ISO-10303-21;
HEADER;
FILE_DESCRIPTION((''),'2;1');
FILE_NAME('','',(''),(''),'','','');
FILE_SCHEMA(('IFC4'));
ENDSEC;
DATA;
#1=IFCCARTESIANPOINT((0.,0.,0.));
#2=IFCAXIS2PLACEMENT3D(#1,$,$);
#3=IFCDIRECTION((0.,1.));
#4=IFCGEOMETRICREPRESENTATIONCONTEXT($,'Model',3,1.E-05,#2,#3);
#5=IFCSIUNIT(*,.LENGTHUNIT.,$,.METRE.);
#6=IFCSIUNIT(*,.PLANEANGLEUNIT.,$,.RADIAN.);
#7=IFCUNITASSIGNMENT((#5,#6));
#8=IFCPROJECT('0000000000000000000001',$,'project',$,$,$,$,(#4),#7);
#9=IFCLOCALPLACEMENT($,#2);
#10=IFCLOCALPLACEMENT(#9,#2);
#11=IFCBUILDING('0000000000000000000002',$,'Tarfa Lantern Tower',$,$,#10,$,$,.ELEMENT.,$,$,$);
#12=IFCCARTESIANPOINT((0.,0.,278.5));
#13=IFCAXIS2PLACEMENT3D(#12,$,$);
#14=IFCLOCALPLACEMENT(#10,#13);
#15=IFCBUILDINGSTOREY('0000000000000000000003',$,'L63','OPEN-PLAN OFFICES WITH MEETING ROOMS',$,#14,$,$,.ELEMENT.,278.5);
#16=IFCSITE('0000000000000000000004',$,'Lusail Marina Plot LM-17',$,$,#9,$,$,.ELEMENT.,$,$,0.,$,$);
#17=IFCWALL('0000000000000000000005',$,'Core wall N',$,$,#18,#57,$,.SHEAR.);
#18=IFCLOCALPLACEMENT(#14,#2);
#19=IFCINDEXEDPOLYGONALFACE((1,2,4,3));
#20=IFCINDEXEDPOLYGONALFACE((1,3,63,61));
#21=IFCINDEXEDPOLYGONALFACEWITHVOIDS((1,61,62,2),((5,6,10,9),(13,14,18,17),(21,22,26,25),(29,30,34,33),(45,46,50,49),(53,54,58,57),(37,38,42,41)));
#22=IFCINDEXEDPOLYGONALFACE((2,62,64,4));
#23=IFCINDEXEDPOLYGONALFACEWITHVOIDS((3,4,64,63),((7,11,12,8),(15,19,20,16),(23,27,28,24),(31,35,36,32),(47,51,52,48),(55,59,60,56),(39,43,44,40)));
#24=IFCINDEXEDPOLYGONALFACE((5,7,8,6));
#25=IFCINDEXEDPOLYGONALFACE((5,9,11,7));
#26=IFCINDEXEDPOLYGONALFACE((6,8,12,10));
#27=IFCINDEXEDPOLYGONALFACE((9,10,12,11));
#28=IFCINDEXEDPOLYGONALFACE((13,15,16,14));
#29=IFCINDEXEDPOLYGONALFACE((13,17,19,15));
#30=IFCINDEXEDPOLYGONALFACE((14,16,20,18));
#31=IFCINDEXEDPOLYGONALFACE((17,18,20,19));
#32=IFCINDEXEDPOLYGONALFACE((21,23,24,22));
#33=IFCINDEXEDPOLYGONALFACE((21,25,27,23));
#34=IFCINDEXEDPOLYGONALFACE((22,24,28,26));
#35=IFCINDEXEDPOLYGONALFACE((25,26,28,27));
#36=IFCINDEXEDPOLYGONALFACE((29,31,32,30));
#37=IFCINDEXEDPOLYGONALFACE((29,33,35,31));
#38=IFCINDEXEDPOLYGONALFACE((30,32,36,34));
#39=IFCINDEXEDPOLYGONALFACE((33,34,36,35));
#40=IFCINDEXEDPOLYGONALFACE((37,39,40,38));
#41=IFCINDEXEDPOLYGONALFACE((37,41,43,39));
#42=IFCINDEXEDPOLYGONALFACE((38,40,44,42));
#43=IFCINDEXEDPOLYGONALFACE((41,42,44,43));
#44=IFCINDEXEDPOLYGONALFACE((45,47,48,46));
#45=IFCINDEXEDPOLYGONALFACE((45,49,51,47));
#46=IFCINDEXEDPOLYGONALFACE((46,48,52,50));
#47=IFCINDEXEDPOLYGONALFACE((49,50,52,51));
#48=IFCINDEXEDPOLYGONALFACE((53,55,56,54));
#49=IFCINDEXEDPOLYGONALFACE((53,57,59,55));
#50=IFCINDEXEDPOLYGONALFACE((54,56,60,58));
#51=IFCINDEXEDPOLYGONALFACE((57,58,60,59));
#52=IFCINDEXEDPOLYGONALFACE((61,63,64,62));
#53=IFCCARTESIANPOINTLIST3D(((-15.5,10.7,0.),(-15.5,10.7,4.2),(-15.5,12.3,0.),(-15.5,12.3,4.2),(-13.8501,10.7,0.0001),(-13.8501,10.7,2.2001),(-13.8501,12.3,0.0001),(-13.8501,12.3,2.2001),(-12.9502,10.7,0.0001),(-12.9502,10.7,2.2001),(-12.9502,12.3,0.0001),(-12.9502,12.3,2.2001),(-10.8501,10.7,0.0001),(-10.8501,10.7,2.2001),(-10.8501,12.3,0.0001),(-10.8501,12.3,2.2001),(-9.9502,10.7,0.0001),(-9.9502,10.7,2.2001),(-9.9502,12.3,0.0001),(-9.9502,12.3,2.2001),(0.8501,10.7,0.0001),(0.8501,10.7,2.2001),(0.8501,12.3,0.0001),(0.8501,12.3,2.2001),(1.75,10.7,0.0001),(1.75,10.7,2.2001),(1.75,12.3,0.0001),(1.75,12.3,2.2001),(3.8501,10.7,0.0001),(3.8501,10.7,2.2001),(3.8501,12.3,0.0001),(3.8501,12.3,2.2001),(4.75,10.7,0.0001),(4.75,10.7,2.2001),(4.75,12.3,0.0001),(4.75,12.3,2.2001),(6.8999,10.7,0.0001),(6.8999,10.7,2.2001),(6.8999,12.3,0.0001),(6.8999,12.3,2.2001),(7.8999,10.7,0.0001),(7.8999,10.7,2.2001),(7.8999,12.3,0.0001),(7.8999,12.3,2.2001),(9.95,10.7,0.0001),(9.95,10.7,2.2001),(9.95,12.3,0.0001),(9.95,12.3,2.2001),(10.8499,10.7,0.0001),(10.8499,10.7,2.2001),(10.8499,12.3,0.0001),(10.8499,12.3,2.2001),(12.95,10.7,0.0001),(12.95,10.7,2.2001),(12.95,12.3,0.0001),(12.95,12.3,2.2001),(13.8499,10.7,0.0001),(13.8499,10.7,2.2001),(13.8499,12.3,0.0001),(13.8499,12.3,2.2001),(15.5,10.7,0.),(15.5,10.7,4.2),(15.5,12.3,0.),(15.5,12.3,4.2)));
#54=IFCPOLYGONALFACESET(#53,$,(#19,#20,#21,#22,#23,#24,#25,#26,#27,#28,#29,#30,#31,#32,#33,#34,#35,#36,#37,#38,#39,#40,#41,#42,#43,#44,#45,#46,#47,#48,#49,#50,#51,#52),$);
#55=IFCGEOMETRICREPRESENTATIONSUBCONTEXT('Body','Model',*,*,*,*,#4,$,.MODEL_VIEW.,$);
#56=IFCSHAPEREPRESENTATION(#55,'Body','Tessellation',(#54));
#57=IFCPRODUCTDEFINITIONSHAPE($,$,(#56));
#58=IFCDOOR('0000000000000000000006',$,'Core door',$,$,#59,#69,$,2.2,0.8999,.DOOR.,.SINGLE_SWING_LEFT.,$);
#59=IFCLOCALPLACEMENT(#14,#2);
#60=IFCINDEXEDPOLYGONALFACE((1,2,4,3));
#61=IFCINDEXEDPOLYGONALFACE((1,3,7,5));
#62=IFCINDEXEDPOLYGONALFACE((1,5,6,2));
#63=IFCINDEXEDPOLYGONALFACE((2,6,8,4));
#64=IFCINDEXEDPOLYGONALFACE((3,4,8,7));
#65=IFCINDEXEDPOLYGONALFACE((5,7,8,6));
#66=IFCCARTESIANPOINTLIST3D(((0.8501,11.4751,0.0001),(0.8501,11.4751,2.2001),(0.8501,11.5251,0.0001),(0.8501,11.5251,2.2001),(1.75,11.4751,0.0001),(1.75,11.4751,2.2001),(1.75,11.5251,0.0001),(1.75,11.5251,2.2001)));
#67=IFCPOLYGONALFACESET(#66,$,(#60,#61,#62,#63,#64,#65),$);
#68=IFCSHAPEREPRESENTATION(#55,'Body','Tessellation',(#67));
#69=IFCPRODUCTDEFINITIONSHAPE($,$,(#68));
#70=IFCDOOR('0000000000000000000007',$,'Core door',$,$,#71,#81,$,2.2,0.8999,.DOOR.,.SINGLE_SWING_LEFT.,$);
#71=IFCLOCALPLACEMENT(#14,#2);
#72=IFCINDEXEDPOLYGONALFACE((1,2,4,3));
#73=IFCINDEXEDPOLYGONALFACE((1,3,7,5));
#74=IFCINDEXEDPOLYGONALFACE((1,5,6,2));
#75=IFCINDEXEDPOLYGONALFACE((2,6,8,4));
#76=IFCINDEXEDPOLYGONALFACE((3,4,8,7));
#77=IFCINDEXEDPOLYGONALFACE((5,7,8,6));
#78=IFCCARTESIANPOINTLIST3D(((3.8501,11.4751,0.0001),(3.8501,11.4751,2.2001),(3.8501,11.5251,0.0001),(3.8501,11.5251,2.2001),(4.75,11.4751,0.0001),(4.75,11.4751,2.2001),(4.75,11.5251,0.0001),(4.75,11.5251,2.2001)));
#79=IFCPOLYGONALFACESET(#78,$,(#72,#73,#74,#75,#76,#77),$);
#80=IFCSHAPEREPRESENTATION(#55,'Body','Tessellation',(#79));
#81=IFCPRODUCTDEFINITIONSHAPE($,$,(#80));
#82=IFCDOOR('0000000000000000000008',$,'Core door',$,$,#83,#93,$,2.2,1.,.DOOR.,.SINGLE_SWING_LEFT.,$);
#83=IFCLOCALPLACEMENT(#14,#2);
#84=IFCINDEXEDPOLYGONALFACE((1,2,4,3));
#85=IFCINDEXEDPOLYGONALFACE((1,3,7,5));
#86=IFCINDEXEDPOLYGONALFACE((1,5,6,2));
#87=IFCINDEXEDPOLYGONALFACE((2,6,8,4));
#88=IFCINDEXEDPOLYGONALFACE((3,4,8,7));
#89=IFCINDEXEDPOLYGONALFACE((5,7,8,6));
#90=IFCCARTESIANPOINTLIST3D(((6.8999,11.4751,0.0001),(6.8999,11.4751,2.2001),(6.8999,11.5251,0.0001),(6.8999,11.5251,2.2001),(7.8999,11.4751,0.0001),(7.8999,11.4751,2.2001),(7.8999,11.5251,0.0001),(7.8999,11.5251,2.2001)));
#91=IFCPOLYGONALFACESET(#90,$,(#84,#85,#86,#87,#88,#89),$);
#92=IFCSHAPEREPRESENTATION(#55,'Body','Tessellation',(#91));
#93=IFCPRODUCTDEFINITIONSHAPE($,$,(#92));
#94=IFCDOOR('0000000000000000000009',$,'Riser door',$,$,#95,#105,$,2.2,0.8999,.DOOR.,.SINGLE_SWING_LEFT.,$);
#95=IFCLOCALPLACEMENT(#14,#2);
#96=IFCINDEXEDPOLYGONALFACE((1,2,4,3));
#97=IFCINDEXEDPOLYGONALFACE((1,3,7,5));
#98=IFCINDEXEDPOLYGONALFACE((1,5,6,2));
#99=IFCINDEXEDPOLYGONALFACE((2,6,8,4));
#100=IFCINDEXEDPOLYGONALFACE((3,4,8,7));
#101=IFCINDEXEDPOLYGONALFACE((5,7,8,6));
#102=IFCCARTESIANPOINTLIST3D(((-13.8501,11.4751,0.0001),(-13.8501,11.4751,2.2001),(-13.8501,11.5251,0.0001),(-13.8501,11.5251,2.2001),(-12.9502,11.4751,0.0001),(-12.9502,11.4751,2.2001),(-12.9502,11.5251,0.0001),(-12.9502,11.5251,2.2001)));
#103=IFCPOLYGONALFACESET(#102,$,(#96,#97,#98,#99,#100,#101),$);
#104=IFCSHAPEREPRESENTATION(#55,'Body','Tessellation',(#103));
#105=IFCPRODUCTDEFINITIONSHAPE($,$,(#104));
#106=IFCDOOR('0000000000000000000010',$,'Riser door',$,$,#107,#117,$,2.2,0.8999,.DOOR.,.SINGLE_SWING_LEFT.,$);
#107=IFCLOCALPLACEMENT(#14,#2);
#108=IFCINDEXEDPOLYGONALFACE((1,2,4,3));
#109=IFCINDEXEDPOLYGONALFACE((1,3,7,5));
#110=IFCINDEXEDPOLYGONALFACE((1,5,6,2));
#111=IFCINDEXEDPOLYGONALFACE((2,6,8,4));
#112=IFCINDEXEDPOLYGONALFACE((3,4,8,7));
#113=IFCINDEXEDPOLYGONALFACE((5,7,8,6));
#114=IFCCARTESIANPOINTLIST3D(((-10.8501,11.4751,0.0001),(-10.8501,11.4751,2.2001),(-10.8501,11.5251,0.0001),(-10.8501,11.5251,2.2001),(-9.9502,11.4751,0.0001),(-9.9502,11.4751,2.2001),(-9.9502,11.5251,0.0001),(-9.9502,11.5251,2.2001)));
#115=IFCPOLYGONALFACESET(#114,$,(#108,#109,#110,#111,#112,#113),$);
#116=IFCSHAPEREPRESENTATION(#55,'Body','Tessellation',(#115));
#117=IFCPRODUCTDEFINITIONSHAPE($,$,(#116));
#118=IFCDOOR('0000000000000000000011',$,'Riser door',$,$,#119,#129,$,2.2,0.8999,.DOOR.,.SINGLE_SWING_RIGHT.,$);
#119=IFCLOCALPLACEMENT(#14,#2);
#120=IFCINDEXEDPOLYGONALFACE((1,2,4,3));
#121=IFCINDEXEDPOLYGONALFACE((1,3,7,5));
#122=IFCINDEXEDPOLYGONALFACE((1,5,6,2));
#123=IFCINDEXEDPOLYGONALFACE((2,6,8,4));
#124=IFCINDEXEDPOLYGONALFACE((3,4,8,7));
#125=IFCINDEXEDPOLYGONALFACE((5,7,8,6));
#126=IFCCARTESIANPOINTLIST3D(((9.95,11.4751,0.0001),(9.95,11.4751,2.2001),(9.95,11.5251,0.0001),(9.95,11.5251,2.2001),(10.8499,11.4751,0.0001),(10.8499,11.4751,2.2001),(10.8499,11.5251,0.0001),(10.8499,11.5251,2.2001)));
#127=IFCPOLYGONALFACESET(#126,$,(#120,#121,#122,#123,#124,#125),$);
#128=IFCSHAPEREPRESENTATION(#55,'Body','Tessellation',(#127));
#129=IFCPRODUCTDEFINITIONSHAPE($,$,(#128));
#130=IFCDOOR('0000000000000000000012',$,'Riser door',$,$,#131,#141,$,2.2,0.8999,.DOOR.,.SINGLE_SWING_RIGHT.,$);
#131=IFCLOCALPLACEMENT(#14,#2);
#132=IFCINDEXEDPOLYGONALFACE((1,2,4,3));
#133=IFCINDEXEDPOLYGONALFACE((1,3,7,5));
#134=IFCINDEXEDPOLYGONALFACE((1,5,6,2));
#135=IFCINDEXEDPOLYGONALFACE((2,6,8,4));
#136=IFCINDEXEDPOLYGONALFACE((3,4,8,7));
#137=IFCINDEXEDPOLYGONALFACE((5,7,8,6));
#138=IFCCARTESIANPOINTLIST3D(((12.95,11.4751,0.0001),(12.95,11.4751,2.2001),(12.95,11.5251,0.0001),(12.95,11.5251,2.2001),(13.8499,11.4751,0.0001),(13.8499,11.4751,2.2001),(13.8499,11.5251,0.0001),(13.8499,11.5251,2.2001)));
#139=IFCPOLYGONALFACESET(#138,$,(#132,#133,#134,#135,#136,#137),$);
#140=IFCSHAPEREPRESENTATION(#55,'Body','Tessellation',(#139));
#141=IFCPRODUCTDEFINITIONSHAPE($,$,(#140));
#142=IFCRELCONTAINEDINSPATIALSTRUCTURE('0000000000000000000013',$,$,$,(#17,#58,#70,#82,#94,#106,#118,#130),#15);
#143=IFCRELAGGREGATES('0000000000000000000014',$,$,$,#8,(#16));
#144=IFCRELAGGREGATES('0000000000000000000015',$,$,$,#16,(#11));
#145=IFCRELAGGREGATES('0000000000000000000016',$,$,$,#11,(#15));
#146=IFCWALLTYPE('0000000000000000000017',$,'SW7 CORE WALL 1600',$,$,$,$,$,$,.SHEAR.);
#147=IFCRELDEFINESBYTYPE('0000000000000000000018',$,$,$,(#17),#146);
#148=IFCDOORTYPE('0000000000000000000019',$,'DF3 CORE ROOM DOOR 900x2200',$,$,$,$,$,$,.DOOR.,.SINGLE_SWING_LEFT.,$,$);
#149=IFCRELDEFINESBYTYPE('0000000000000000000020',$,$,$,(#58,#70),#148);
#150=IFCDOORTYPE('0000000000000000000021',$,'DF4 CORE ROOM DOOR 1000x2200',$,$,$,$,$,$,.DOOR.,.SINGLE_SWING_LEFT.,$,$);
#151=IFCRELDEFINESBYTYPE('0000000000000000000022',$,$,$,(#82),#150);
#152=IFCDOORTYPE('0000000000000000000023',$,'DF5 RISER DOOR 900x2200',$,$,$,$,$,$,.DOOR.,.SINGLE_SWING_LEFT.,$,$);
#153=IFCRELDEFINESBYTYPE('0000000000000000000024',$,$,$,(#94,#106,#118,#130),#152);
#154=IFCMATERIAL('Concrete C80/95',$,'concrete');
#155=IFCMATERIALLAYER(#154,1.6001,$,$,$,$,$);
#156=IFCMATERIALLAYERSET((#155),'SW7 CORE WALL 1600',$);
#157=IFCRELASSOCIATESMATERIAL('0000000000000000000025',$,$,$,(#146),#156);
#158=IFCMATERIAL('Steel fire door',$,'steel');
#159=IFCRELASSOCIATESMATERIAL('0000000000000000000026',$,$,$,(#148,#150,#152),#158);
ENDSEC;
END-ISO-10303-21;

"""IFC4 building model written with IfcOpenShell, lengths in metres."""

from ifc_helpers import new_model, si_unit, direction, frame, frame_2d, origin, place, context, subcontext, project, spatial, rectangle, extrude, material, layer, layer_set, type_object, element, fill, save


model = new_model("IFC4")

# Units and contexts
model_context = context("Model", 3, precision=1e-05, world=origin(), true_north=direction((0.0, 1.0)))
body_context = subcontext(model_context, "Body", "Model", "MODEL_VIEW")
ifc_project = project(units=[si_unit("LENGTHUNIT", "METRE"), si_unit("PLANEANGLEUNIT", "RADIAN")], contexts=[model_context])

# Site, building, storey
site_placement = place(None, origin())
site = spatial("IfcSite", under=ifc_project, at=site_placement, Name="Lusail Marina Plot LM-17", CompositionType="ELEMENT", RefElevation=0.0)
building_placement = place(site_placement, origin())
building = spatial("IfcBuilding", under=site, at=building_placement, Name="Tarfa Lantern Tower", CompositionType="ELEMENT")
storey_placement = place(building_placement, frame((0.0, 0.0, 278.5)))
storey = spatial("IfcBuildingStorey", under=building, at=storey_placement, Name="L63", Description="OPEN-PLAN OFFICES WITH MEETING ROOMS", CompositionType="ELEMENT", Elevation=278.5)

# Shared definitions
ifc_material_1 = material(Name="Concrete C80/95", Category="concrete")

# Shared definitions
ifc_material_2 = material(Name="Steel fire door", Category="steel")

# Wall, openings, doors
ifc_layer_1 = layer(ifc_material_1, 1.6001)
ifc_layer_set_1 = layer_set([ifc_layer_1], Name="SW7 CORE WALL 1600")
wall_type_1 = type_object("IfcWallType", Name="SW7 CORE WALL 1600", PredefinedType="SHEAR", material=ifc_layer_set_1)
wall_1_placement = place(storey_placement, frame((-15.5, 11.5, 0.0), z_axis=(0.0, 0.0, 1.0), x_axis=(1.0, 0.0, 0.0)))
wall_1 = element("IfcWall", 1, at=wall_1_placement, inside=storey, type_object=wall_type_1, Name="Core wall N", PredefinedType="SHEAR", context=body_context, shape_type="SweptSolid", body=[
    extrude(rectangle(XDim=31.0, YDim=1.6001, at=frame_2d((15.5, 0.0))), origin(), (0.0, 0.0, 1.0), 4.2),
])
opening_1_placement = place(wall_1_placement, frame((16.3501, 0.0, 0.0)))
opening_1 = element("IfcOpeningElement", 2, at=opening_1_placement, cuts=wall_1, PredefinedType="OPENING", context=body_context, shape_type="SweptSolid", body=[
    extrude(rectangle(XDim=0.8999, YDim=2.2, at=frame_2d((0.45, 1.1001))), frame((0.0, 0.8101, 0.0), z_axis=(0.0, -1.0, 0.0), x_axis=(1.0, 0.0, 0.0)), (0.0, 0.0, 1.0), 1.6201),
])
opening_2_placement = place(wall_1_placement, frame((19.3501, 0.0, 0.0)))
opening_2 = element("IfcOpeningElement", 3, at=opening_2_placement, cuts=wall_1, PredefinedType="OPENING", context=body_context, shape_type="SweptSolid", body=[
    extrude(rectangle(XDim=0.8999, YDim=2.2, at=frame_2d((0.45, 1.1001))), frame((0.0, 0.8101, 0.0), z_axis=(0.0, -1.0, 0.0), x_axis=(1.0, 0.0, 0.0)), (0.0, 0.0, 1.0), 1.6201),
])
opening_3_placement = place(wall_1_placement, frame((22.3999, 0.0, 0.0)))
opening_3 = element("IfcOpeningElement", 4, at=opening_3_placement, cuts=wall_1, PredefinedType="OPENING", context=body_context, shape_type="SweptSolid", body=[
    extrude(rectangle(XDim=1.0, YDim=2.2, at=frame_2d((0.5, 1.1001))), frame((0.0, 0.8101, 0.0), z_axis=(0.0, -1.0, 0.0), x_axis=(1.0, 0.0, 0.0)), (0.0, 0.0, 1.0), 1.6201),
])
opening_4_placement = place(wall_1_placement, frame((1.6499, 0.0, 0.0)))
opening_4 = element("IfcOpeningElement", 5, at=opening_4_placement, cuts=wall_1, PredefinedType="OPENING", context=body_context, shape_type="SweptSolid", body=[
    extrude(rectangle(XDim=0.8999, YDim=2.2, at=frame_2d((0.45, 1.1001))), frame((0.0, 0.8101, 0.0), z_axis=(0.0, -1.0, 0.0), x_axis=(1.0, 0.0, 0.0)), (0.0, 0.0, 1.0), 1.6201),
])
opening_5_placement = place(wall_1_placement, frame((4.6499, 0.0, 0.0)))
opening_5 = element("IfcOpeningElement", 6, at=opening_5_placement, cuts=wall_1, PredefinedType="OPENING", context=body_context, shape_type="SweptSolid", body=[
    extrude(rectangle(XDim=0.8999, YDim=2.2, at=frame_2d((0.45, 1.1001))), frame((0.0, 0.8101, 0.0), z_axis=(0.0, -1.0, 0.0), x_axis=(1.0, 0.0, 0.0)), (0.0, 0.0, 1.0), 1.6201),
])
opening_6_placement = place(wall_1_placement, frame((25.45, 0.0, 0.0)))
opening_6 = element("IfcOpeningElement", 7, at=opening_6_placement, cuts=wall_1, PredefinedType="OPENING", context=body_context, shape_type="SweptSolid", body=[
    extrude(rectangle(XDim=0.8999, YDim=2.2, at=frame_2d((0.45, 1.1001))), frame((0.0, 0.8101, 0.0), z_axis=(0.0, -1.0, 0.0), x_axis=(1.0, 0.0, 0.0)), (0.0, 0.0, 1.0), 1.6201),
])
opening_7_placement = place(wall_1_placement, frame((28.45, 0.0, 0.0)))
opening_7 = element("IfcOpeningElement", 8, at=opening_7_placement, cuts=wall_1, PredefinedType="OPENING", context=body_context, shape_type="SweptSolid", body=[
    extrude(rectangle(XDim=0.8999, YDim=2.2, at=frame_2d((0.45, 1.1001))), frame((0.0, 0.8101, 0.0), z_axis=(0.0, -1.0, 0.0), x_axis=(1.0, 0.0, 0.0)), (0.0, 0.0, 1.0), 1.6201),
])
door_type_1 = type_object("IfcDoorType", Name="DF3 CORE ROOM DOOR 900x2200", OperationType="SINGLE_SWING_LEFT", PredefinedType="DOOR", material=ifc_material_2)
door_1_placement = place(opening_1_placement, frame((0.8999, 0.0, 0.0), z_axis=(0.0, 0.0, 1.0), x_axis=(-1.0, 0.0, 0.0)))
door_1 = element("IfcDoor", 9, at=door_1_placement, inside=storey, type_object=door_type_1, Name="Core door", OperationType="SINGLE_SWING_LEFT", OverallHeight=2.2, OverallWidth=0.8999, PredefinedType="DOOR", context=body_context, shape_type="SweptSolid", body=[
    extrude(rectangle(XDim=0.8999, YDim=2.2, at=frame_2d((0.45, 1.1001))), frame((0.0, 0.0249, 0.0), z_axis=(0.0, -1.0, 0.0), x_axis=(1.0, 0.0, 0.0)), (0.0, 0.0, 1.0), 0.05),
])
fill(opening_1, door_1)
door_2_placement = place(opening_2_placement, frame((0.8999, 0.0, 0.0), z_axis=(0.0, 0.0, 1.0), x_axis=(-1.0, 0.0, 0.0)))
door_2 = element("IfcDoor", 10, at=door_2_placement, inside=storey, type_object=door_type_1, Name="Core door", OperationType="SINGLE_SWING_LEFT", OverallHeight=2.2, OverallWidth=0.8999, PredefinedType="DOOR", context=body_context, shape_type="SweptSolid", body=[
    extrude(rectangle(XDim=0.8999, YDim=2.2, at=frame_2d((0.45, 1.1001))), frame((0.0, 0.0249, 0.0), z_axis=(0.0, -1.0, 0.0), x_axis=(1.0, 0.0, 0.0)), (0.0, 0.0, 1.0), 0.05),
])
fill(opening_2, door_2)
door_type_2 = type_object("IfcDoorType", Name="DF4 CORE ROOM DOOR 1000x2200", OperationType="SINGLE_SWING_LEFT", PredefinedType="DOOR", material=ifc_material_2)
door_3_placement = place(opening_3_placement, frame((1.0, 0.0, 0.0), z_axis=(0.0, 0.0, 1.0), x_axis=(-1.0, 0.0, 0.0)))
door_3 = element("IfcDoor", 11, at=door_3_placement, inside=storey, type_object=door_type_2, Name="Core door", OperationType="SINGLE_SWING_LEFT", OverallHeight=2.2, OverallWidth=1.0, PredefinedType="DOOR", context=body_context, shape_type="SweptSolid", body=[
    extrude(rectangle(XDim=1.0, YDim=2.2, at=frame_2d((0.5, 1.1001))), frame((0.0, 0.0249, 0.0), z_axis=(0.0, -1.0, 0.0), x_axis=(1.0, 0.0, 0.0)), (0.0, 0.0, 1.0), 0.05),
])
fill(opening_3, door_3)
door_type_3 = type_object("IfcDoorType", Name="DF5 RISER DOOR 900x2200", OperationType="SINGLE_SWING_LEFT", PredefinedType="DOOR", material=ifc_material_2)
door_4_placement = place(opening_4_placement, frame((0.8999, 0.0, 0.0), z_axis=(0.0, 0.0, 1.0), x_axis=(-1.0, 0.0, 0.0)))
door_4 = element("IfcDoor", 12, at=door_4_placement, inside=storey, type_object=door_type_3, Name="Riser door", OperationType="SINGLE_SWING_LEFT", OverallHeight=2.2, OverallWidth=0.8999, PredefinedType="DOOR", context=body_context, shape_type="SweptSolid", body=[
    extrude(rectangle(XDim=0.8999, YDim=2.2, at=frame_2d((0.45, 1.1001))), frame((0.0, 0.0249, 0.0), z_axis=(0.0, -1.0, 0.0), x_axis=(1.0, 0.0, 0.0)), (0.0, 0.0, 1.0), 0.05),
])
fill(opening_4, door_4)
door_5_placement = place(opening_5_placement, frame((0.8999, 0.0, 0.0), z_axis=(0.0, 0.0, 1.0), x_axis=(-1.0, 0.0, 0.0)))
door_5 = element("IfcDoor", 13, at=door_5_placement, inside=storey, type_object=door_type_3, Name="Riser door", OperationType="SINGLE_SWING_LEFT", OverallHeight=2.2, OverallWidth=0.8999, PredefinedType="DOOR", context=body_context, shape_type="SweptSolid", body=[
    extrude(rectangle(XDim=0.8999, YDim=2.2, at=frame_2d((0.45, 1.1001))), frame((0.0, 0.0249, 0.0), z_axis=(0.0, -1.0, 0.0), x_axis=(1.0, 0.0, 0.0)), (0.0, 0.0, 1.0), 0.05),
])
fill(opening_5, door_5)
door_6_placement = place(opening_6_placement, frame((0.8999, 0.0, 0.0), z_axis=(0.0, 0.0, 1.0), x_axis=(-1.0, 0.0, 0.0)))
door_6 = element("IfcDoor", 14, at=door_6_placement, inside=storey, type_object=door_type_3, Name="Riser door", OperationType="SINGLE_SWING_RIGHT", OverallHeight=2.2, OverallWidth=0.8999, PredefinedType="DOOR", context=body_context, shape_type="SweptSolid", body=[
    extrude(rectangle(XDim=0.8999, YDim=2.2, at=frame_2d((0.45, 1.1001))), frame((0.0, 0.0249, 0.0), z_axis=(0.0, -1.0, 0.0), x_axis=(1.0, 0.0, 0.0)), (0.0, 0.0, 1.0), 0.05),
])
fill(opening_6, door_6)
door_7_placement = place(opening_7_placement, frame((0.8999, 0.0, 0.0), z_axis=(0.0, 0.0, 1.0), x_axis=(-1.0, 0.0, 0.0)))
door_7 = element("IfcDoor", 15, at=door_7_placement, inside=storey, type_object=door_type_3, Name="Riser door", OperationType="SINGLE_SWING_RIGHT", OverallHeight=2.2, OverallWidth=0.8999, PredefinedType="DOOR", context=body_context, shape_type="SweptSolid", body=[
    extrude(rectangle(XDim=0.8999, YDim=2.2, at=frame_2d((0.45, 1.1001))), frame((0.0, 0.0249, 0.0), z_axis=(0.0, -1.0, 0.0), x_axis=(1.0, 0.0, 0.0)), (0.0, 0.0, 1.0), 0.05),
])
fill(opening_7, door_7)

save(model, "model.ifc")
